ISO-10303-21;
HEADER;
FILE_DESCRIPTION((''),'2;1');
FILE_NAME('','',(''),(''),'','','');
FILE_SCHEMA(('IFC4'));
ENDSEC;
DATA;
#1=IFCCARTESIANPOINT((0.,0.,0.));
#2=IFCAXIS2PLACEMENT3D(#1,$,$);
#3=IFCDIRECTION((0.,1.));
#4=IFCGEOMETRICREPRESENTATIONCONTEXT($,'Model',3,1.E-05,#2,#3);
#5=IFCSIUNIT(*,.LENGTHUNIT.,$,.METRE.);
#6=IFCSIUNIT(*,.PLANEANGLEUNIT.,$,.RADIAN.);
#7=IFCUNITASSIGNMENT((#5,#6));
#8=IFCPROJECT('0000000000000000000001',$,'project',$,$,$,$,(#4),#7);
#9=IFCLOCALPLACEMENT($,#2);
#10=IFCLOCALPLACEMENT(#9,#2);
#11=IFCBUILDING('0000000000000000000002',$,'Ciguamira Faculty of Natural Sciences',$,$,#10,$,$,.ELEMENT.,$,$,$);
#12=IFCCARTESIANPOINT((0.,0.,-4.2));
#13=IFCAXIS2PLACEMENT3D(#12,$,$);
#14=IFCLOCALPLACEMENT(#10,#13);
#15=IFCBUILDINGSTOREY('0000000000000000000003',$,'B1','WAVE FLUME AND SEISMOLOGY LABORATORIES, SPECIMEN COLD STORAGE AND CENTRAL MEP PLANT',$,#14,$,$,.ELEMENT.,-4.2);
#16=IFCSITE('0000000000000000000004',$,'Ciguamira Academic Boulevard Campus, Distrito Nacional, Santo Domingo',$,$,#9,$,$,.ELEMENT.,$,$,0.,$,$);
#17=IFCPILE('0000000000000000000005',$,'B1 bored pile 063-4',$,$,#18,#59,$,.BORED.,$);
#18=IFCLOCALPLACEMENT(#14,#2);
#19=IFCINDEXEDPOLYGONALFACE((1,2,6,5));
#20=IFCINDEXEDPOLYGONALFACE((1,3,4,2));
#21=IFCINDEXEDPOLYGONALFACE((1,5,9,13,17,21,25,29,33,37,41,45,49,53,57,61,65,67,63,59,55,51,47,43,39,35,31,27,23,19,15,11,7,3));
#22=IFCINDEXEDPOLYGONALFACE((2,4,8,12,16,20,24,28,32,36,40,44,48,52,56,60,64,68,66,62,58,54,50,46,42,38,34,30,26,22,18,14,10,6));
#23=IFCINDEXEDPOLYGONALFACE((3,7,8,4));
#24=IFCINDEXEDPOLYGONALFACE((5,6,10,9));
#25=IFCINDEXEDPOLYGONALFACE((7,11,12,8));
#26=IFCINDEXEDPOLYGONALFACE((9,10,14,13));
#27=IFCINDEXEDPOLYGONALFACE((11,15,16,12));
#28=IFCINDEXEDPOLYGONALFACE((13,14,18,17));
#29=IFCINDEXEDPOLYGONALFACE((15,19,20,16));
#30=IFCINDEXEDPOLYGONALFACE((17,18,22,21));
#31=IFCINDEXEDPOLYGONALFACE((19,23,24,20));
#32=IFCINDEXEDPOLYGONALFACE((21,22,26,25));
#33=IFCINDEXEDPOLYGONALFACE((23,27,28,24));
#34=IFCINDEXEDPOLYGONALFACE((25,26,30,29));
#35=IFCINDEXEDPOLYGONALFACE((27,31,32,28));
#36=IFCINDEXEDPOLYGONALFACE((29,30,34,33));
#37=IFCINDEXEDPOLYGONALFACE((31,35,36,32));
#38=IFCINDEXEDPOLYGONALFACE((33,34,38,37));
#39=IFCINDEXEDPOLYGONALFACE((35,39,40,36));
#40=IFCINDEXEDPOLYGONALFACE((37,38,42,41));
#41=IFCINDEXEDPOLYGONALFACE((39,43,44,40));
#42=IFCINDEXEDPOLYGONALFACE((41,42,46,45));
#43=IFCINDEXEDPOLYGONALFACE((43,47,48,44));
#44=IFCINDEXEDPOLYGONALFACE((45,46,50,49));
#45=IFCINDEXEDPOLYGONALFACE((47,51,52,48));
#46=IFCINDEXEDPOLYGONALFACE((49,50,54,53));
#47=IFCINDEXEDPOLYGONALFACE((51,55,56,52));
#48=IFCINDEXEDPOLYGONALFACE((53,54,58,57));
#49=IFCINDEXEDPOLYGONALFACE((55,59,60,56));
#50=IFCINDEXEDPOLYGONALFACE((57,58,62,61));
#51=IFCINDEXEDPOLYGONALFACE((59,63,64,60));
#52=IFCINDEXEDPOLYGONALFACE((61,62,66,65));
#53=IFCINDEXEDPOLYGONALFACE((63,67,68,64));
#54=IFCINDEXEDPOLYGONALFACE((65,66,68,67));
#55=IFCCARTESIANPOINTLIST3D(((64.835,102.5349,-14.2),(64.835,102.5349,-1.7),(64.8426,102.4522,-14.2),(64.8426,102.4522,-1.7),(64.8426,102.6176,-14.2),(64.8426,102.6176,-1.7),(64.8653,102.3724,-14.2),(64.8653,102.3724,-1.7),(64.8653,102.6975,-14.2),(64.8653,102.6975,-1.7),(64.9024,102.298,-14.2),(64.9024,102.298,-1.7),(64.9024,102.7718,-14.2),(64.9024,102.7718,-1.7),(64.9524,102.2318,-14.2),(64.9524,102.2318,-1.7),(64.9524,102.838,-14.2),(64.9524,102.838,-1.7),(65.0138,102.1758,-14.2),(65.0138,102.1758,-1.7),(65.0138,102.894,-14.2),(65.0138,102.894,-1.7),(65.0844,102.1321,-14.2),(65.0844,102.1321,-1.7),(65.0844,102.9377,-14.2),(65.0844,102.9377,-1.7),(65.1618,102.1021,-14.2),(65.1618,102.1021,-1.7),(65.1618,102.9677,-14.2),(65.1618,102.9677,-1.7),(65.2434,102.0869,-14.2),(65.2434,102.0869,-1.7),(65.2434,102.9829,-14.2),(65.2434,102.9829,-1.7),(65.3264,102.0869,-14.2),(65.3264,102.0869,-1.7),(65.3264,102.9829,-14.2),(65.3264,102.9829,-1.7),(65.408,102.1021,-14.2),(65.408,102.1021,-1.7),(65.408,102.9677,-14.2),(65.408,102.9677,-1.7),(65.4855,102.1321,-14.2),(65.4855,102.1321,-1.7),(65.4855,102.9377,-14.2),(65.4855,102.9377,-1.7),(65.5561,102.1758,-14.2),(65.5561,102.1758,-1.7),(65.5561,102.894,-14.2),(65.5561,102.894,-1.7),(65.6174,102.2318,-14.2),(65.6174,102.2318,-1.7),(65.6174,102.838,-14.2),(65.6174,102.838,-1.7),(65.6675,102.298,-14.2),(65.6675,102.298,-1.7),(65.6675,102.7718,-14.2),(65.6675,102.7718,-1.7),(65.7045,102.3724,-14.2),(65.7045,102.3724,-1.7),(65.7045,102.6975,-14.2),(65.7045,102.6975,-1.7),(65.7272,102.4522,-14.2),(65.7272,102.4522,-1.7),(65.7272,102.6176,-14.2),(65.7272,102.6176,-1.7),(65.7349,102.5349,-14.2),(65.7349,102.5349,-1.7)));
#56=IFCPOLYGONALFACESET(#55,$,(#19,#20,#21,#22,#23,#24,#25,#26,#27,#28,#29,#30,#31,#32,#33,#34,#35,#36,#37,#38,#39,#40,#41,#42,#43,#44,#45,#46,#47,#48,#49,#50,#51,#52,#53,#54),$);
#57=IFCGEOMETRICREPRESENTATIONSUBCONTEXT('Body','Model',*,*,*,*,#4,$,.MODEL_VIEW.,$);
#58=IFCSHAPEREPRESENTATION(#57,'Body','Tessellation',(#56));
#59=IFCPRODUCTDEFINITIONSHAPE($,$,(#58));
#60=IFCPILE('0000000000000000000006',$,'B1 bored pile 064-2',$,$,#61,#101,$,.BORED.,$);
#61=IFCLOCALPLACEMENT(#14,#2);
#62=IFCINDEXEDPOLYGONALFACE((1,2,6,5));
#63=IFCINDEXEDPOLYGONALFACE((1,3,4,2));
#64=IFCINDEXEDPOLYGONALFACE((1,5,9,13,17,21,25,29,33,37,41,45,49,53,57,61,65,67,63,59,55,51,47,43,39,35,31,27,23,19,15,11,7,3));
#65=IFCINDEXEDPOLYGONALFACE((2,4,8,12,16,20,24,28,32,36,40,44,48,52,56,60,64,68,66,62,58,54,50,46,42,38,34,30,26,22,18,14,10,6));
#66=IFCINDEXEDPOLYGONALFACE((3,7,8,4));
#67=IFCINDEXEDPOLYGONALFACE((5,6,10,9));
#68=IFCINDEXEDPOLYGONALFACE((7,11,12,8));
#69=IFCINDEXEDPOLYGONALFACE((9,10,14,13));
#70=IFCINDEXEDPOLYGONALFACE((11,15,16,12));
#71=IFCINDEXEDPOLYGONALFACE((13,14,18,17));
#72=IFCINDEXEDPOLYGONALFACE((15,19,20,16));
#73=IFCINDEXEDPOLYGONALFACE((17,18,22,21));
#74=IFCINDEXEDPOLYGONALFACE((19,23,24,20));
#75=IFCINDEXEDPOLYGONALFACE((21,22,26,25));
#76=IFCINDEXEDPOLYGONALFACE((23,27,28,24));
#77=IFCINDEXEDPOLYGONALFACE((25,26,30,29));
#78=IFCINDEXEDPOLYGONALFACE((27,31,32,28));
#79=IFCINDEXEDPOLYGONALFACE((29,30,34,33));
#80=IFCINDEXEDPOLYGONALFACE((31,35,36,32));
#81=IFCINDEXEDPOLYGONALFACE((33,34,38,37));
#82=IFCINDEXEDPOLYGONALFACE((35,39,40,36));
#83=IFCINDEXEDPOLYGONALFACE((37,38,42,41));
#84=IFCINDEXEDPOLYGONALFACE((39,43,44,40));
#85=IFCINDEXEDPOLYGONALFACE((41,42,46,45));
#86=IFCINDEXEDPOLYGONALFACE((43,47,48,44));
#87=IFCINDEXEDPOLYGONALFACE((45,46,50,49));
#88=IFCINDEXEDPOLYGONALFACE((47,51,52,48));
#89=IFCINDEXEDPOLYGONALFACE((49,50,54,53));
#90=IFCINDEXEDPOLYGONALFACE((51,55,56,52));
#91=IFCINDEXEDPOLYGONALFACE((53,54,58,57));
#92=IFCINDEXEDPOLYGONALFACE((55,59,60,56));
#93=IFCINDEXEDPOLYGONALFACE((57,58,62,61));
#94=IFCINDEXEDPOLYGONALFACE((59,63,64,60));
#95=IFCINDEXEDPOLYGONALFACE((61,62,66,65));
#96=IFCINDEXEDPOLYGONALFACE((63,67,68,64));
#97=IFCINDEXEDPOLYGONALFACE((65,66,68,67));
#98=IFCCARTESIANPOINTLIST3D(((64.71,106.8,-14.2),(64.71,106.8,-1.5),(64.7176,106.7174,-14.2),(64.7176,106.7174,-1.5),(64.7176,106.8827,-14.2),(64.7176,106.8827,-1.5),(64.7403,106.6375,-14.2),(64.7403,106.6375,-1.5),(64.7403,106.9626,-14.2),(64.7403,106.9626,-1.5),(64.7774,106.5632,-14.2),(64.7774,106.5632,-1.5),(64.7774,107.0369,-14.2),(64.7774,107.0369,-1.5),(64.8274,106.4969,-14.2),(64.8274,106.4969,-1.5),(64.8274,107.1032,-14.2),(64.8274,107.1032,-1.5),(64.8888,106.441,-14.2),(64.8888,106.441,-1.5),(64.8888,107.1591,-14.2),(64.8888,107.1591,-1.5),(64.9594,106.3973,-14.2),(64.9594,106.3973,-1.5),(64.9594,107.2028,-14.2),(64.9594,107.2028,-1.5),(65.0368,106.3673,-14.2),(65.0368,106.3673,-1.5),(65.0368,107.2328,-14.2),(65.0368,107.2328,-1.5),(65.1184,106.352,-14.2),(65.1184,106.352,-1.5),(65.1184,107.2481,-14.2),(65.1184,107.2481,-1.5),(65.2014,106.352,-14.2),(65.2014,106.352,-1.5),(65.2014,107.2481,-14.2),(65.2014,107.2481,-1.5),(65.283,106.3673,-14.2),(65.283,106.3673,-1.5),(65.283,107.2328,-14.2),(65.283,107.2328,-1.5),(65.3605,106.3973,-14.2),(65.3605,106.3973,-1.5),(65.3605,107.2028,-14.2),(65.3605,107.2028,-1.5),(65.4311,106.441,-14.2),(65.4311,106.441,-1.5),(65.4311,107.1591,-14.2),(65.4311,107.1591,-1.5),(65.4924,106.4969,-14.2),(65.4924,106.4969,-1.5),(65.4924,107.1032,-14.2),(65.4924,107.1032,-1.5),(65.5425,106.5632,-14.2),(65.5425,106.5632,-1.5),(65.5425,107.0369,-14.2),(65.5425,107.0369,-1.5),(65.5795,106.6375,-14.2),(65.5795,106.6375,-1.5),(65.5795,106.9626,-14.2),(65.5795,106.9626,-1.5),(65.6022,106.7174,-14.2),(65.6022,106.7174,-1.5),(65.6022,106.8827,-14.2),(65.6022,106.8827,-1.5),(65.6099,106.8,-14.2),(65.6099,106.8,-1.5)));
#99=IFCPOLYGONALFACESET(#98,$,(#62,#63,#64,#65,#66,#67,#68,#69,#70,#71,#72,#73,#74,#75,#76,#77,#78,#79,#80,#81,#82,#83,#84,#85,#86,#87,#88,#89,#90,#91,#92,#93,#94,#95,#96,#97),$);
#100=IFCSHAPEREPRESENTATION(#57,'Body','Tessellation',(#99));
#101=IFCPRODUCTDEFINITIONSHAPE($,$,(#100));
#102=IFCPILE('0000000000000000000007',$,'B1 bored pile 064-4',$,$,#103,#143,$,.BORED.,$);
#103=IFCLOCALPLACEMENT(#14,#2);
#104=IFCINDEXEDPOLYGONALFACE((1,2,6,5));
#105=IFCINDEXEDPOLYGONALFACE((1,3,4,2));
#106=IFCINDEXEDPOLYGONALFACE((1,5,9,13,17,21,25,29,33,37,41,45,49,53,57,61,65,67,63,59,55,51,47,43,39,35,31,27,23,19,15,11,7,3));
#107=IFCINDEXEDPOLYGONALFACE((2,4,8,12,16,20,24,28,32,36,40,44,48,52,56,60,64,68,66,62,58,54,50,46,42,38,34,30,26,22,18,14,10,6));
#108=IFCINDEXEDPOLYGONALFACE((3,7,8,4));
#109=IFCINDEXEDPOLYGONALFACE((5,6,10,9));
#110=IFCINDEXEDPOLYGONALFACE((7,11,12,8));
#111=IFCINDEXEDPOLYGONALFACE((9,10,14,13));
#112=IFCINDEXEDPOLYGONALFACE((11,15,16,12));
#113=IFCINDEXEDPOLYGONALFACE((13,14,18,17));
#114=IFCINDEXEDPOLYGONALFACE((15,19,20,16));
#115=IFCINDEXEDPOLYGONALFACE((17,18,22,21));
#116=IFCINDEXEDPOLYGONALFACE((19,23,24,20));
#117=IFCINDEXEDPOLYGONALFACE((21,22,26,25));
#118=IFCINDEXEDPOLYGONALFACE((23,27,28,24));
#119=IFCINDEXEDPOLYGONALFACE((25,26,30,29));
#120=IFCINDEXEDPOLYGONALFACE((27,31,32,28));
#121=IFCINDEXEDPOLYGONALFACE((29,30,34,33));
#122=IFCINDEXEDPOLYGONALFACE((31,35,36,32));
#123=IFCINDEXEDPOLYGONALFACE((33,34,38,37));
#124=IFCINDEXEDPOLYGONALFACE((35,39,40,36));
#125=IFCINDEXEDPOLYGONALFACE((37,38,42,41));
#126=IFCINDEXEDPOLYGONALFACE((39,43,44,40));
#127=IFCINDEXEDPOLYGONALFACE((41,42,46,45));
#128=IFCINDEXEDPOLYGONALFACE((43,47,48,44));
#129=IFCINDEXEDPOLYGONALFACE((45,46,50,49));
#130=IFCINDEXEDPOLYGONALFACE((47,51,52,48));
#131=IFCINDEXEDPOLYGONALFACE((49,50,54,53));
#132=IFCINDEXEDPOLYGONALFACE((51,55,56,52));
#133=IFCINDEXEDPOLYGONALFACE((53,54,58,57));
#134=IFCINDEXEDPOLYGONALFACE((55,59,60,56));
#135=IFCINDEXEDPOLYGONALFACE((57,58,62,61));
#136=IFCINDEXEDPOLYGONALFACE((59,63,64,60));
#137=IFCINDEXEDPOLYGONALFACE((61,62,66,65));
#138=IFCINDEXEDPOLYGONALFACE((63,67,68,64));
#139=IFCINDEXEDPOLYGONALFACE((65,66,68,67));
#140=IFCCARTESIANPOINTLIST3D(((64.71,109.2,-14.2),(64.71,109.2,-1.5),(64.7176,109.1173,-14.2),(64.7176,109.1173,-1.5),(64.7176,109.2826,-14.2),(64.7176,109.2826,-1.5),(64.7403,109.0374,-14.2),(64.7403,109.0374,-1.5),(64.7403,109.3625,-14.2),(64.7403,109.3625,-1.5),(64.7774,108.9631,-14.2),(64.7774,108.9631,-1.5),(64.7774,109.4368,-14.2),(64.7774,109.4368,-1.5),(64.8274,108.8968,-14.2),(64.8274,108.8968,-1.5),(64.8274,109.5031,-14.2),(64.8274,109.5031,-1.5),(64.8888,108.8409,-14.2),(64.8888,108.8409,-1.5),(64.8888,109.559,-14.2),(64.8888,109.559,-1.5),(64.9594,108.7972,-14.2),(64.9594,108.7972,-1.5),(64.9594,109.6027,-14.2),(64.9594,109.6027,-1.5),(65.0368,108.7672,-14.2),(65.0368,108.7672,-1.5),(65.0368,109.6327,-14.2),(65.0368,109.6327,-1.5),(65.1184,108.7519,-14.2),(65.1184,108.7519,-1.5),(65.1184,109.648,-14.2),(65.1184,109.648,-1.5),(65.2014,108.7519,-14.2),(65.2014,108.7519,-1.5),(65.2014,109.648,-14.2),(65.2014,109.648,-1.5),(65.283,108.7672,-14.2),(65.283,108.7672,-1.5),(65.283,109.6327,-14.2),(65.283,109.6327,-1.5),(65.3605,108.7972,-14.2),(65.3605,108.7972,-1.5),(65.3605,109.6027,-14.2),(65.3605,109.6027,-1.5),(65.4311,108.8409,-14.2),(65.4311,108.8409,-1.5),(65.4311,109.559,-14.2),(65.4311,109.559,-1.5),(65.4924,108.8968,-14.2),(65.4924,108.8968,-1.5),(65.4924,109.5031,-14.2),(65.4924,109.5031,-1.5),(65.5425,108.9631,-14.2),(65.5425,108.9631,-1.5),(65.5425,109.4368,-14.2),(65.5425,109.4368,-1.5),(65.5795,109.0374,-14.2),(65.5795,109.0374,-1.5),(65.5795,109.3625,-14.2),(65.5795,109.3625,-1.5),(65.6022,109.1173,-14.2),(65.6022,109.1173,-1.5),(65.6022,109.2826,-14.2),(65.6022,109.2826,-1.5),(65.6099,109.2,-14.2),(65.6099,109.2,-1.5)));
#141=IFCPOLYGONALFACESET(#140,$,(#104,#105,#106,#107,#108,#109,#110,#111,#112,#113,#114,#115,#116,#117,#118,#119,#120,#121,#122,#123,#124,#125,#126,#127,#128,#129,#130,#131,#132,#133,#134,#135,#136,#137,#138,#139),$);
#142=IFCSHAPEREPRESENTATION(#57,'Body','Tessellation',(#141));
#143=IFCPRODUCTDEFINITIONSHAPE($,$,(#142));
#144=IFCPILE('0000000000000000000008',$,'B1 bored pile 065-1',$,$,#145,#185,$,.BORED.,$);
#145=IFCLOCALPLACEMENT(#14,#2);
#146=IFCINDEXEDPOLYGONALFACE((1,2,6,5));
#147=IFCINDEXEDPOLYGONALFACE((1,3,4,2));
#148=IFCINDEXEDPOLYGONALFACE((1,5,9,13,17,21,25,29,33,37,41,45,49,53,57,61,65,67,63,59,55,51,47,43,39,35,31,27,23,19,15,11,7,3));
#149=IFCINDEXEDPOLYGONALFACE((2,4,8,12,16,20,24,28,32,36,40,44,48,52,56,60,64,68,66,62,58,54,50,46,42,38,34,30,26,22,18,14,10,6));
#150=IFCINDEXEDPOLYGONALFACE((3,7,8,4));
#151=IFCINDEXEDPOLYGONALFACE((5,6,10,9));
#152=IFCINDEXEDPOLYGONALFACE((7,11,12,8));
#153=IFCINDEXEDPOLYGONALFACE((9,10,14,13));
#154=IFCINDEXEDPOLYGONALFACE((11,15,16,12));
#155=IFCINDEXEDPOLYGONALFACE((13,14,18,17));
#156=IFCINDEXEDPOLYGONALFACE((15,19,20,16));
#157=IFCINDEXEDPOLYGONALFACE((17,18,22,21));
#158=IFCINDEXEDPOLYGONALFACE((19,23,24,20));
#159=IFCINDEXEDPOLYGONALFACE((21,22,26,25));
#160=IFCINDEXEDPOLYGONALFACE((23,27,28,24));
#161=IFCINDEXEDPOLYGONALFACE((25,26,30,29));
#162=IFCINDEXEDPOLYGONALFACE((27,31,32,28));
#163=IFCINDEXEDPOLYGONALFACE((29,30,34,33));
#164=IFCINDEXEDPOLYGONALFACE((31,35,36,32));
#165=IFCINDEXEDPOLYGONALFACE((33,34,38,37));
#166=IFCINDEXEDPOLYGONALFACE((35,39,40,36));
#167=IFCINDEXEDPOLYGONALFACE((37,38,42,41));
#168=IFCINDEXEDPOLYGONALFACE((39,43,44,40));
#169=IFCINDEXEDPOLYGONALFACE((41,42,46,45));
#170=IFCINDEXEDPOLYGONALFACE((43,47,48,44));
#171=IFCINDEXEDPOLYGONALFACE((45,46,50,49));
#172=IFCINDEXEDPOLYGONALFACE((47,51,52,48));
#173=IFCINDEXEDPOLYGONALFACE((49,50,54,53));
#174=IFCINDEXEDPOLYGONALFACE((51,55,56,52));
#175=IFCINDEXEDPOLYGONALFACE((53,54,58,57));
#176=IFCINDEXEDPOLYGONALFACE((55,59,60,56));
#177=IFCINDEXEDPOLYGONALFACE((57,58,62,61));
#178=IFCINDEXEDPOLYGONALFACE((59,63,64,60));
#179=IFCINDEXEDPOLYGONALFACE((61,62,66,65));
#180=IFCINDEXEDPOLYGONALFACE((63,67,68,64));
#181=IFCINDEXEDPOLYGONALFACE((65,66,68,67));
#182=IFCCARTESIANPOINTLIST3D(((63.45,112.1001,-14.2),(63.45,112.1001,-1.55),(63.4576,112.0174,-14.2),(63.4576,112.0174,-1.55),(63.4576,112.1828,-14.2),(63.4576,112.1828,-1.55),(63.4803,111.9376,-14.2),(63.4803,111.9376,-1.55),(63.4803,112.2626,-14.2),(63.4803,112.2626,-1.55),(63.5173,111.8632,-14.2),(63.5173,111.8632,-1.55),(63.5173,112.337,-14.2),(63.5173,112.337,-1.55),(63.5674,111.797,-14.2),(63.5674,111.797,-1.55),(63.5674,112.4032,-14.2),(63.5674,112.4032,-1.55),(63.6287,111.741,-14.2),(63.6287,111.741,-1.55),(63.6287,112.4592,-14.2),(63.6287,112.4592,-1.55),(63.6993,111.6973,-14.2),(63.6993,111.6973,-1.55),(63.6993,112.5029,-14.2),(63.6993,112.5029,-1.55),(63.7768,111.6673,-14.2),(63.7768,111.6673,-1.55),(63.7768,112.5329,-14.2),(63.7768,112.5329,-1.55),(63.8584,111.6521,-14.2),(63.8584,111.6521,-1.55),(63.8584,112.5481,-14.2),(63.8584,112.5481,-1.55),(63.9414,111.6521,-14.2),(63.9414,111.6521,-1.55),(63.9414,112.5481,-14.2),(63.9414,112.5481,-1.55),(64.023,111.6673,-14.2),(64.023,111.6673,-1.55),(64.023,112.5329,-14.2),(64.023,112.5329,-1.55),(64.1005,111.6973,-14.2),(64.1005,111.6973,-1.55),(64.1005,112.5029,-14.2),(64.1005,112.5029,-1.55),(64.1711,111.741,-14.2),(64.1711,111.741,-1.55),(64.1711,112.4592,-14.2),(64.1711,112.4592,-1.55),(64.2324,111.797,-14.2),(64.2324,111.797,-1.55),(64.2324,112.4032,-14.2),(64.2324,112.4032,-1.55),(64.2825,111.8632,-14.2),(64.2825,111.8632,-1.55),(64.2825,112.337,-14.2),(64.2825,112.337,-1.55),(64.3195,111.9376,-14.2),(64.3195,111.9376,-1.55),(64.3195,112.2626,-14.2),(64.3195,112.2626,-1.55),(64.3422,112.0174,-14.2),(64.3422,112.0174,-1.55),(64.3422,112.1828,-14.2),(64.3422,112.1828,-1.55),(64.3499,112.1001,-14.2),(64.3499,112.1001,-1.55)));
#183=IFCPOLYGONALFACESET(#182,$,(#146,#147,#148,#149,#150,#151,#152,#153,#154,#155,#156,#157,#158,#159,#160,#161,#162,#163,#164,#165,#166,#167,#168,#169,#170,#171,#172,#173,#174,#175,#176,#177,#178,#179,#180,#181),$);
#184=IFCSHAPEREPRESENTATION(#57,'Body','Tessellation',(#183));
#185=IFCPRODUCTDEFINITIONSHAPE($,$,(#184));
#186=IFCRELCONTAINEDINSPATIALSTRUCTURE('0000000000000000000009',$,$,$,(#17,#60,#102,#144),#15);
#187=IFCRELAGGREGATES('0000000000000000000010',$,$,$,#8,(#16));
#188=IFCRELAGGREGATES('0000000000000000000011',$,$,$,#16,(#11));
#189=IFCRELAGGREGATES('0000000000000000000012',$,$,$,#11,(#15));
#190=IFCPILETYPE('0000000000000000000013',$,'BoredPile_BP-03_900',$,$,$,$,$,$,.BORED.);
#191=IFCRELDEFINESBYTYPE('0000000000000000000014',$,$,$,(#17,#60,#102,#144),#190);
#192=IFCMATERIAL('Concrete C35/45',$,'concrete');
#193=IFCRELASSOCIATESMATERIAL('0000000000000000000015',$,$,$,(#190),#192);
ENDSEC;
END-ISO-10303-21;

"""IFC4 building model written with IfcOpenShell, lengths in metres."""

from ifc_helpers import new_model, si_unit, direction, frame, origin, origin_2d, place, context, subcontext, project, spatial, circle, extrude, material, material_profile, profile_set, type_object, element, save


model = new_model("IFC4")

# Units and contexts
model_context = context("Model", 3, precision=1e-05, world=origin(), true_north=direction((0.0, 1.0)))
body_context = subcontext(model_context, "Body", "Model", "MODEL_VIEW")
ifc_project = project(units=[si_unit("LENGTHUNIT", "METRE"), si_unit("PLANEANGLEUNIT", "RADIAN")], contexts=[model_context])

# Site, building, storey
site_placement = place(None, origin())
site = spatial("IfcSite", under=ifc_project, at=site_placement, Name="Ciguamira Academic Boulevard Campus, Distrito Nacional, Santo Domingo", CompositionType="ELEMENT", RefElevation=0.0)
building_placement = place(site_placement, origin())
building = spatial("IfcBuilding", under=site, at=building_placement, Name="Ciguamira Faculty of Natural Sciences", CompositionType="ELEMENT")
storey_placement = place(building_placement, frame((0.0, 0.0, -4.2)))
storey = spatial("IfcBuildingStorey", under=building, at=storey_placement, Name="B1", Description="WAVE FLUME AND SEISMOLOGY LABORATORIES, SPECIMEN COLD STORAGE AND CENTRAL MEP PLANT", CompositionType="ELEMENT", Elevation=-4.2)

# Piles
ifc_material_1 = material(Name="Concrete C35/45", Category="concrete")
ifc_material_profile_1 = material_profile(ifc_material_1, circle(Radius=0.45, at=origin_2d()), Name="PILE-BORED-900")
ifc_profile_set_1 = profile_set([ifc_material_profile_1], Name="Concrete C35/45")
pile_type_1 = type_object("IfcPileType", Name="BoredPile_BP-03_900", PredefinedType="BORED", material=ifc_profile_set_1)
pile_placement = place(storey_placement, frame((65.2849, 102.5349, -1.7), z_axis=(0.0, 0.0, -1.0), x_axis=(1.0, 0.0, 0.0)))
element("IfcPile", 1, at=pile_placement, inside=storey, type_object=pile_type_1, Name="B1 bored pile 063-4", PredefinedType="BORED", context=body_context, shape_type="SweptSolid", body=[
    extrude(circle(Radius=0.45, at=origin_2d()), origin(), (0.0, 0.0, 1.0), 12.5),
])
for number, where, z_axis, x_axis, name in (
    (2, (65.1599, 106.8, -1.5), (0.0, 0.0, -1.0), (1.0, 0.0, 0.0), "B1 bored pile 064-2"),
    (3, (65.1599, 109.2, -1.5), (0.0, 0.0, -1.0), (1.0, 0.0, 0.0), "B1 bored pile 064-4"),
):
    element("IfcPile", number, at=place(storey_placement, frame(where, z_axis=z_axis, x_axis=x_axis)), inside=storey, type_object=pile_type_1, Name=name, PredefinedType="BORED", context=body_context, shape_type="SweptSolid", body=[
        extrude(circle(Radius=0.45, at=origin_2d()), origin(), (0.0, 0.0, 1.0), 12.7),
    ])
for number, where, z_axis, x_axis, name in (
    (4, (63.8999, 112.1001, -1.55), (0.0, 0.0, -1.0), (1.0, 0.0, 0.0), "B1 bored pile 065-1"),
):
    element("IfcPile", number, at=place(storey_placement, frame(where, z_axis=z_axis, x_axis=x_axis)), inside=storey, type_object=pile_type_1, Name=name, PredefinedType="BORED", context=body_context, shape_type="SweptSolid", body=[
        extrude(circle(Radius=0.45, at=origin_2d()), origin(), (0.0, 0.0, 1.0), 12.6499),
    ])

save(model, "model.ifc")
